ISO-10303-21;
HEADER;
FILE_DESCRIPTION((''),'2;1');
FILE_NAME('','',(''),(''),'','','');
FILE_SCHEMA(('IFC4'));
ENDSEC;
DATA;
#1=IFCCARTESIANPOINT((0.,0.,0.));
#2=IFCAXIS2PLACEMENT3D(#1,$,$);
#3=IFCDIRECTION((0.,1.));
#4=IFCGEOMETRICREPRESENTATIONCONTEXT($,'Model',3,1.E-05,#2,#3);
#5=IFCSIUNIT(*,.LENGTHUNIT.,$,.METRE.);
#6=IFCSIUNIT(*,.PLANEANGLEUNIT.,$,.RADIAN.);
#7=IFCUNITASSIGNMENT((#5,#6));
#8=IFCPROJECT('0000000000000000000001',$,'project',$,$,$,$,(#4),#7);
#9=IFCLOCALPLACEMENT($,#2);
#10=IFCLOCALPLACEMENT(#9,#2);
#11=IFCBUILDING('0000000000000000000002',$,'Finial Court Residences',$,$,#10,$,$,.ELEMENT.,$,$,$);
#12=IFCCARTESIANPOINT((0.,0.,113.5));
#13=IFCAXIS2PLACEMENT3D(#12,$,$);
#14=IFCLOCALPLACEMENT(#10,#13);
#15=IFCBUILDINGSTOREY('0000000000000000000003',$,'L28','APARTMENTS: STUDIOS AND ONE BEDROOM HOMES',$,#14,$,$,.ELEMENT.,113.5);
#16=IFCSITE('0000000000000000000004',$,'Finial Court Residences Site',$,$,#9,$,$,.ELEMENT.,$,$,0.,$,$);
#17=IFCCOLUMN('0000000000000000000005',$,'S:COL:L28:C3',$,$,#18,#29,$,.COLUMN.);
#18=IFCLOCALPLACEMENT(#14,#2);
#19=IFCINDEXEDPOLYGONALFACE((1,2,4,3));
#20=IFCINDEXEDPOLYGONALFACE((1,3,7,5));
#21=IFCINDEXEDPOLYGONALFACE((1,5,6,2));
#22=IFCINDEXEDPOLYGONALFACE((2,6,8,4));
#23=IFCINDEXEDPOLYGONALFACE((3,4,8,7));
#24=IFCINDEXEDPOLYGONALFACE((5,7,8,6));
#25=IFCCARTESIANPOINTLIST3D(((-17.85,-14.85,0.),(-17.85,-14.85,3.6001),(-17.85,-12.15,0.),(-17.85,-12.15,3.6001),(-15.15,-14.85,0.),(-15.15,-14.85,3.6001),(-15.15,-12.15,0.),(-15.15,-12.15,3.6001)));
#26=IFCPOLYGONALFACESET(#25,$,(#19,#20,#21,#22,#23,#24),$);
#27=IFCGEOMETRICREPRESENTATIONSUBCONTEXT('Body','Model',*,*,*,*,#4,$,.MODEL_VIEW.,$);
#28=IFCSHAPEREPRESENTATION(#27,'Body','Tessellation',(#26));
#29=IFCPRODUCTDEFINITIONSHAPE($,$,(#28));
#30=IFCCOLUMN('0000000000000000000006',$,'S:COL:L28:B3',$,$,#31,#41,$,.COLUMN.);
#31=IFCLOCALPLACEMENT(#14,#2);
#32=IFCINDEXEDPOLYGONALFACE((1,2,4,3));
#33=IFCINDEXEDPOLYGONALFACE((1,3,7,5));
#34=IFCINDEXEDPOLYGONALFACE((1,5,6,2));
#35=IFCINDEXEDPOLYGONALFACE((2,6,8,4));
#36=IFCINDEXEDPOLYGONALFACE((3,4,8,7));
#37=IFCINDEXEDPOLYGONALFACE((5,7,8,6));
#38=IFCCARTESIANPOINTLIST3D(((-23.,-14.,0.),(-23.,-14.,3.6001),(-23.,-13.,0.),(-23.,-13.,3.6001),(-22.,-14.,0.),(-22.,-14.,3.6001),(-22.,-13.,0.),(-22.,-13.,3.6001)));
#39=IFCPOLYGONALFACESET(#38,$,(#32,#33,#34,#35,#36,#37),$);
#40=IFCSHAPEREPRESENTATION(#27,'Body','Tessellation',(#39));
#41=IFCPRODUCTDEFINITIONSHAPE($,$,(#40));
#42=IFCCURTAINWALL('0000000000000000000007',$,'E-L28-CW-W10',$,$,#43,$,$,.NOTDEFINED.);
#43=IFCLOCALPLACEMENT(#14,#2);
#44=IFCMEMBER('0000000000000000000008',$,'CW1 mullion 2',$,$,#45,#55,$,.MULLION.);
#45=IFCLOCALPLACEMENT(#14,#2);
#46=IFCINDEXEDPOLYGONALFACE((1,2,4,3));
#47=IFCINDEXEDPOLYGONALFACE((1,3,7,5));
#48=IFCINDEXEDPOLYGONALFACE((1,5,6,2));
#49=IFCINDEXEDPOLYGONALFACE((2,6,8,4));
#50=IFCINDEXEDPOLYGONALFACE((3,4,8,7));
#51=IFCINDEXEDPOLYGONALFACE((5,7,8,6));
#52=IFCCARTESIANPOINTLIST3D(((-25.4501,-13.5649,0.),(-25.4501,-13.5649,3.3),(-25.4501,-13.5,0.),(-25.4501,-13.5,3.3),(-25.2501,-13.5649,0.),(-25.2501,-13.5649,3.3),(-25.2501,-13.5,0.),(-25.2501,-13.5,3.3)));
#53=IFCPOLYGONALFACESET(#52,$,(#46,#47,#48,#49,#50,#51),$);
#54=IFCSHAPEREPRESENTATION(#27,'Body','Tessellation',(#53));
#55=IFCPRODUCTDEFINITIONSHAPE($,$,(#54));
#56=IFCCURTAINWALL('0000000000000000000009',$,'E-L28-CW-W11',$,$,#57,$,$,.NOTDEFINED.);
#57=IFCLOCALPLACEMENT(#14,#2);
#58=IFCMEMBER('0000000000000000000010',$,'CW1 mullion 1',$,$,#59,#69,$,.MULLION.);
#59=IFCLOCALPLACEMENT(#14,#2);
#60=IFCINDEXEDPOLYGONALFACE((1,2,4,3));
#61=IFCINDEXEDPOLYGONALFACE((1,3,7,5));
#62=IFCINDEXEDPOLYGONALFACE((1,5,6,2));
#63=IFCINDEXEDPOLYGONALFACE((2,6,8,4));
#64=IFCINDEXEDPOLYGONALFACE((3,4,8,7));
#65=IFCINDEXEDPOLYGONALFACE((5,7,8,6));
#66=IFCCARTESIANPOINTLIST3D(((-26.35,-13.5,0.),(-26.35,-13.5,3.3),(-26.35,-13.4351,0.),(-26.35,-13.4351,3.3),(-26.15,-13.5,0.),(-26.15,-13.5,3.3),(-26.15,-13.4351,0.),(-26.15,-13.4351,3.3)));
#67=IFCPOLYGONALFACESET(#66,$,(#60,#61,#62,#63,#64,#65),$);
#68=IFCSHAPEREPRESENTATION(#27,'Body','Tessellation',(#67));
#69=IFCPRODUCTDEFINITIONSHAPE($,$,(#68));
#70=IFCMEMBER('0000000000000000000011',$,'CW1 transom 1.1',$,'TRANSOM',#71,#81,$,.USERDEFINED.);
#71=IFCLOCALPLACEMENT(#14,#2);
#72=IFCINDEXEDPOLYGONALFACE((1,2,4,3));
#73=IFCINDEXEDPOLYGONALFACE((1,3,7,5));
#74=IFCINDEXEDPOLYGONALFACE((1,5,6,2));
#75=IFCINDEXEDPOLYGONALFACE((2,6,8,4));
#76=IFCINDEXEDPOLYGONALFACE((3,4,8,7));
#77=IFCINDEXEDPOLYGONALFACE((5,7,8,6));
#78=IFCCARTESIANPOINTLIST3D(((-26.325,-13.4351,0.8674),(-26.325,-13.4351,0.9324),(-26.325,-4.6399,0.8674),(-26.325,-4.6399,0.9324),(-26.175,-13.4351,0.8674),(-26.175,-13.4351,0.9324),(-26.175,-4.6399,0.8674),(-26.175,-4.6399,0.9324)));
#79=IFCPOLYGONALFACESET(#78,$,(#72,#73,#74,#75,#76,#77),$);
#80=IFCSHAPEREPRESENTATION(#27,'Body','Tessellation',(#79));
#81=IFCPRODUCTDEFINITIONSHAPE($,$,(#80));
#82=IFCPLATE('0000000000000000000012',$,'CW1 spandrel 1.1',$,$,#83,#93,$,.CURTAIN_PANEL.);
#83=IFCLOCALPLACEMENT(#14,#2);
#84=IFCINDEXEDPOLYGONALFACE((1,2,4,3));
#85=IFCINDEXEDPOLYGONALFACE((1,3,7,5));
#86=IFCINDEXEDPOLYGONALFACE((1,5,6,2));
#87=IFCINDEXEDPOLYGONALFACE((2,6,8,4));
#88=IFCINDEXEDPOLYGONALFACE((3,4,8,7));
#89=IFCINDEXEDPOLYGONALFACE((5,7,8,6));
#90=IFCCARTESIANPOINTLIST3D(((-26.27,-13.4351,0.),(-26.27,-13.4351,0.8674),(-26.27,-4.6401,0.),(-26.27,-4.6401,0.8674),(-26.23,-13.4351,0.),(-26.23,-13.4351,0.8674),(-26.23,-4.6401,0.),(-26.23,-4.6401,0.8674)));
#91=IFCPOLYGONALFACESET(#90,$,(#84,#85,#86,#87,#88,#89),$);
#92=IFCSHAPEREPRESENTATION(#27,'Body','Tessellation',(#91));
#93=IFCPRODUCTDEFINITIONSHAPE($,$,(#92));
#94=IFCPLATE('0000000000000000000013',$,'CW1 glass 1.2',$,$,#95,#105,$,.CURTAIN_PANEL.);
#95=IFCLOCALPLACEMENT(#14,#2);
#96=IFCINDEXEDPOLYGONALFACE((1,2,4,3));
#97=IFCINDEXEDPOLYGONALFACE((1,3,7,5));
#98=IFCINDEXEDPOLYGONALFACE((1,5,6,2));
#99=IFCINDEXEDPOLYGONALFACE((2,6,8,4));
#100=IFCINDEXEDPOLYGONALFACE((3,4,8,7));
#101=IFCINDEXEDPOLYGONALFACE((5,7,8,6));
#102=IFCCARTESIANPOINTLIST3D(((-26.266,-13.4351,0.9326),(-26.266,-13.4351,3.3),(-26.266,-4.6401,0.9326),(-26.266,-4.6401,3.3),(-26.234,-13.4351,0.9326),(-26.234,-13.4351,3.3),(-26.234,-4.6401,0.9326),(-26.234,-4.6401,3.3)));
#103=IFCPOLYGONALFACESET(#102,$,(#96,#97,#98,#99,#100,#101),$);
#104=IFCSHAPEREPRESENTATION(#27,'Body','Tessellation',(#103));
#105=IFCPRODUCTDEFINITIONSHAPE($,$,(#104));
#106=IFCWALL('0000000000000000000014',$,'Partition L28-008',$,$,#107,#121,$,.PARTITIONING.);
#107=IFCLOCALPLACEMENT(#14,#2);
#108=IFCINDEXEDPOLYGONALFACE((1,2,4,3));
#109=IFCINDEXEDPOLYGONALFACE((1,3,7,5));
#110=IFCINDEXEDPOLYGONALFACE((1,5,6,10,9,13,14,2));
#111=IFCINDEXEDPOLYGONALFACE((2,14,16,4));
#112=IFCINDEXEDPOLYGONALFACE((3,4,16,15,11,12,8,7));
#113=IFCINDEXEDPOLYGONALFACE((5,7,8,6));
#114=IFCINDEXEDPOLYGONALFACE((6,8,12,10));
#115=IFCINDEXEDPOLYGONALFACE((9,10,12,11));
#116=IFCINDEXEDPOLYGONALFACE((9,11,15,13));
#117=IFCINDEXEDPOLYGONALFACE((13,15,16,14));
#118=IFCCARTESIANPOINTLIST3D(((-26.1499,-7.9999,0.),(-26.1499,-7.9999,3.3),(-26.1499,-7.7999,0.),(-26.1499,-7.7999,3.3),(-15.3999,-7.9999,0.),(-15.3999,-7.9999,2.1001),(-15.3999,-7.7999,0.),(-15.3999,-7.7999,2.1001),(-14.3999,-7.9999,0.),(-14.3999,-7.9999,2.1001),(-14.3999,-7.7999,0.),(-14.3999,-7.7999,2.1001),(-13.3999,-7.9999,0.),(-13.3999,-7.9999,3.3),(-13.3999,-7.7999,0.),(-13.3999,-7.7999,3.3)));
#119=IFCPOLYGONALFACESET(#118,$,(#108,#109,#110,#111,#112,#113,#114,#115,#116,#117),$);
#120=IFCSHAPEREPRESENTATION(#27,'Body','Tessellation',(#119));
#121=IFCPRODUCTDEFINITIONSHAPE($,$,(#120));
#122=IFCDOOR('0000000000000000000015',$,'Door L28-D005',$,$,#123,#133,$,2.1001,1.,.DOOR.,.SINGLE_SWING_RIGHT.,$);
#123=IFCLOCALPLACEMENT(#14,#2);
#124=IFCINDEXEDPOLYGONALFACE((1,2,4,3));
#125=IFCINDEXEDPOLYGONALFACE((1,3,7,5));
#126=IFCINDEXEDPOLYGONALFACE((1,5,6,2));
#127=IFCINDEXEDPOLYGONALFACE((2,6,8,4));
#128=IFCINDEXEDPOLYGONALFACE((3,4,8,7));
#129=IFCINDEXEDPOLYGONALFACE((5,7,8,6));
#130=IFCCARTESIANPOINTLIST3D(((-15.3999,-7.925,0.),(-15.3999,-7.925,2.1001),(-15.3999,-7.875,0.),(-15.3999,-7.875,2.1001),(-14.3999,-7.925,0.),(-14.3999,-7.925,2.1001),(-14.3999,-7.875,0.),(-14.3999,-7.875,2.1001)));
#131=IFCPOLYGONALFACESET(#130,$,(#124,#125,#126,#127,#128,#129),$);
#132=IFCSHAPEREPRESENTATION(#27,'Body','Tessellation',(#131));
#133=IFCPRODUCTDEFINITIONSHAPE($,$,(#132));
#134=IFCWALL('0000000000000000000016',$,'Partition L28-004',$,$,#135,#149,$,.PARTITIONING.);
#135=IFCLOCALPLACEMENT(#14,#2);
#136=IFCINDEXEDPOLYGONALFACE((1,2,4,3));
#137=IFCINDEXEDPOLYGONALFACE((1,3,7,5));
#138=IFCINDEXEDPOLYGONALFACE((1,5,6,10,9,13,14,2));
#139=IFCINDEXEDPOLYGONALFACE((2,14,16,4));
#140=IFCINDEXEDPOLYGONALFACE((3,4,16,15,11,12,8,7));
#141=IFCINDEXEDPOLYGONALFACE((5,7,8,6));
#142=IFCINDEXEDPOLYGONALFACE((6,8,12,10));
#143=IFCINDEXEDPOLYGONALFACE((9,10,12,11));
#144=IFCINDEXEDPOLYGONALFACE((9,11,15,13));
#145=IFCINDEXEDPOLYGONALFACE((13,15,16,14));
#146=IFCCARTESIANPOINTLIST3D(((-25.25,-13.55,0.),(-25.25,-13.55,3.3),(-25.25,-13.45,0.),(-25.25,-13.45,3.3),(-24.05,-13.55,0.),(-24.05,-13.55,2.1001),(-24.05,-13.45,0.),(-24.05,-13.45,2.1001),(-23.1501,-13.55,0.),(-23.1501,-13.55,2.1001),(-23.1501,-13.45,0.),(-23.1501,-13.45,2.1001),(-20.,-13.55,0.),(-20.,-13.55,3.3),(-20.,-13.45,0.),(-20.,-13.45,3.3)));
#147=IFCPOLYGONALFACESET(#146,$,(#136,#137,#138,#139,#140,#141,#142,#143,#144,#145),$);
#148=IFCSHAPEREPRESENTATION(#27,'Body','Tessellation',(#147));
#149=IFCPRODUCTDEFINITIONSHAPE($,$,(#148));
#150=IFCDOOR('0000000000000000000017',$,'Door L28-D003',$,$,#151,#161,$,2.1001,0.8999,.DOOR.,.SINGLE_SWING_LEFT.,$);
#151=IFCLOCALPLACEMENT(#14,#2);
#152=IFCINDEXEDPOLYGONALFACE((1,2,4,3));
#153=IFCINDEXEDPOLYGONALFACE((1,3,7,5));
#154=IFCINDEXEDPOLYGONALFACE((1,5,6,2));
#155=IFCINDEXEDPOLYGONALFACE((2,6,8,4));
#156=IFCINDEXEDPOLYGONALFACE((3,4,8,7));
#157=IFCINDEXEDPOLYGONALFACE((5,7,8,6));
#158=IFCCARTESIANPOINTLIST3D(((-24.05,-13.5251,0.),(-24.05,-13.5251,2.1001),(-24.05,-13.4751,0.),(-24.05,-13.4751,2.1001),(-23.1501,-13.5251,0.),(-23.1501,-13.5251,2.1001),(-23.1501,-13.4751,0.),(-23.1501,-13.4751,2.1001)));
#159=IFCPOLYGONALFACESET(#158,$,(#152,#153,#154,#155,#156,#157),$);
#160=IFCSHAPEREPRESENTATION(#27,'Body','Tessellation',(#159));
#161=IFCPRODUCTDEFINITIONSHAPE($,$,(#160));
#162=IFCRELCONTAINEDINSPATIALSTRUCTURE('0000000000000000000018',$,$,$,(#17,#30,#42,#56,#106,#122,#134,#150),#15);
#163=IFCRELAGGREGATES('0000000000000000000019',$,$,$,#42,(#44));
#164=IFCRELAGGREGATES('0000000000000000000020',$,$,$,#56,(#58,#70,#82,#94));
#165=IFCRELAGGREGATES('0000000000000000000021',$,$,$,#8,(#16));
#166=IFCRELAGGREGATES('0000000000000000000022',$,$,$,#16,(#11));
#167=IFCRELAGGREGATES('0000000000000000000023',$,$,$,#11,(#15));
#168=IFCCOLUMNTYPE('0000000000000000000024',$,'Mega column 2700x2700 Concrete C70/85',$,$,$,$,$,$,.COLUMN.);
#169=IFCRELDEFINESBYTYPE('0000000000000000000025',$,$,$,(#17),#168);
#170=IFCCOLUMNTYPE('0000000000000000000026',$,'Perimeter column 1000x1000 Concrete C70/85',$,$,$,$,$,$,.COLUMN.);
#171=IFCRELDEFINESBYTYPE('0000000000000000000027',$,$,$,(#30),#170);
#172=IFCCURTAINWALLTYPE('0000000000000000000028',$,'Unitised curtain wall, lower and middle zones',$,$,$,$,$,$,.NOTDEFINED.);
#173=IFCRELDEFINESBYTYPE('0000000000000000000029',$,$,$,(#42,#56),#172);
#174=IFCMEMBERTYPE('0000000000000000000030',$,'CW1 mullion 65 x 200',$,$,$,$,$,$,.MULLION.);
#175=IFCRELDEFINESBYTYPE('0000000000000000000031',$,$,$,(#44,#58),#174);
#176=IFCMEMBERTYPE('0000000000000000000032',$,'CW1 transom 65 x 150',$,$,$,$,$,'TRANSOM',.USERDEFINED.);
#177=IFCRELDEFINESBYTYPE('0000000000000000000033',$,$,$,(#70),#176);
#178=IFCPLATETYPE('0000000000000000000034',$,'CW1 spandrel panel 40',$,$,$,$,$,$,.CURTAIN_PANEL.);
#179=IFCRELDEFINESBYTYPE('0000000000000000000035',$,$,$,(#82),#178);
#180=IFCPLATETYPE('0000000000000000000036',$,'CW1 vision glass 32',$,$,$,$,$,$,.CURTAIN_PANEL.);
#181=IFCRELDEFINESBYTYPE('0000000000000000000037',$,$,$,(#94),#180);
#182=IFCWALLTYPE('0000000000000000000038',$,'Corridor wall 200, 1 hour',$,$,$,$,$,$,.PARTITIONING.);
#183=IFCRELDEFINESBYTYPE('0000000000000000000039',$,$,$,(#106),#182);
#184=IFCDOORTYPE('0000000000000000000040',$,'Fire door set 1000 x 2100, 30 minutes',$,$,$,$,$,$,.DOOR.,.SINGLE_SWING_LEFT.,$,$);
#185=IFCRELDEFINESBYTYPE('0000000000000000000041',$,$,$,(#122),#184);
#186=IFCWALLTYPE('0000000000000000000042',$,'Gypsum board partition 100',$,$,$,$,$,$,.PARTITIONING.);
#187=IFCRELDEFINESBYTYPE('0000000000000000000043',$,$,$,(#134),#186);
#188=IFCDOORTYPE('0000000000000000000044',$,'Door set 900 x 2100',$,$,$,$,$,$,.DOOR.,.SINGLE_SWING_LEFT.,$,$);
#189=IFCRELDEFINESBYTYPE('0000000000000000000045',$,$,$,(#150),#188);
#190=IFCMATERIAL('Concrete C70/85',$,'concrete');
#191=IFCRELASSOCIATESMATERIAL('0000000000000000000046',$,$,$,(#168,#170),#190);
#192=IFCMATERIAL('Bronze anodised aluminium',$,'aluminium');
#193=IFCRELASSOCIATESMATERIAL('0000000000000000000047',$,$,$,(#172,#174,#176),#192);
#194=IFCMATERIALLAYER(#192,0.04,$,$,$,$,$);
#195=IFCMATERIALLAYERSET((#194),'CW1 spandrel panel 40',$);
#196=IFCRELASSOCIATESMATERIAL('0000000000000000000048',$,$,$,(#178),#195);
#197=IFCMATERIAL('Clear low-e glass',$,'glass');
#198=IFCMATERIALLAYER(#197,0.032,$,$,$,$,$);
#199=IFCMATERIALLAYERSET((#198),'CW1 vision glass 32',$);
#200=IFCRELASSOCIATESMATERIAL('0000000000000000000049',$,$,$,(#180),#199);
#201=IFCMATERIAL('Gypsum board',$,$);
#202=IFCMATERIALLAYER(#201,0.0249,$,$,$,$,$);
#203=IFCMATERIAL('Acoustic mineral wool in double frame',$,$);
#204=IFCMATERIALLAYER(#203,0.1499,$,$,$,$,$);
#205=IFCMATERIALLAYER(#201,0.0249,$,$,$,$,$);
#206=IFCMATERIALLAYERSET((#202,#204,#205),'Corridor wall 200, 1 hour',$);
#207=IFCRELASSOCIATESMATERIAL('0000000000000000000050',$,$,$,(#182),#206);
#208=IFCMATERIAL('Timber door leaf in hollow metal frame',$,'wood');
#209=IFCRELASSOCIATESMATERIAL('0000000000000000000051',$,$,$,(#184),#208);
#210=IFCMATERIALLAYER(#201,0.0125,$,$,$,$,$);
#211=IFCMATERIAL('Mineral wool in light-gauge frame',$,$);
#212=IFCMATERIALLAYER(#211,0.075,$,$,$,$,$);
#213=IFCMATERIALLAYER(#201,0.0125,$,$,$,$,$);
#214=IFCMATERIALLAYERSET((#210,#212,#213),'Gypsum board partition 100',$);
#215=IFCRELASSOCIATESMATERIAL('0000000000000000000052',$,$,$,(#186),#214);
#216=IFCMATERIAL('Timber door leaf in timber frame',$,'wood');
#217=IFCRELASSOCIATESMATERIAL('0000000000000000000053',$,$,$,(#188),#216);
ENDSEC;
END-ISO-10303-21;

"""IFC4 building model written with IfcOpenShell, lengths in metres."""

from ifc_helpers import new_model, si_unit, direction, frame, frame_2d, origin, origin_2d, place, context, subcontext, project, spatial, rectangle, extrude, material, layer, layer_set, material_profile, profile_set, type_object, element, fill, aggregate, save


model = new_model("IFC4")

# Units and contexts
model_context = context("Model", 3, precision=1e-05, world=origin(), true_north=direction((0.0, 1.0)))
body_context = subcontext(model_context, "Body", "Model", "MODEL_VIEW")
ifc_project = project(units=[si_unit("LENGTHUNIT", "METRE"), si_unit("PLANEANGLEUNIT", "RADIAN")], contexts=[model_context])

# Site, building, storey
site_placement = place(None, origin())
site = spatial("IfcSite", under=ifc_project, at=site_placement, Name="Finial Court Residences Site", CompositionType="ELEMENT", RefElevation=0.0)
building_placement = place(site_placement, origin())
building = spatial("IfcBuilding", under=site, at=building_placement, Name="Finial Court Residences", CompositionType="ELEMENT")
storey_placement = place(building_placement, frame((0.0, 0.0, 113.5)))
storey = spatial("IfcBuildingStorey", under=building, at=storey_placement, Name="L28", Description="APARTMENTS: STUDIOS AND ONE BEDROOM HOMES", CompositionType="ELEMENT", Elevation=113.5)

# Columns
ifc_material_1 = material(Name="Concrete C70/85", Category="concrete")
ifc_material_profile_1 = material_profile(ifc_material_1, rectangle(XDim=2.7, YDim=2.7, at=origin_2d()), Name="2700x2700")
ifc_profile_set_1 = profile_set([ifc_material_profile_1], Name="Concrete C70/85")
column_type_1 = type_object("IfcColumnType", Name="Mega column 2700x2700 Concrete C70/85", PredefinedType="COLUMN", material=ifc_profile_set_1)
column_1_placement = place(storey_placement, frame((-16.5, -13.5, 0.0), z_axis=(0.0, 0.0, 1.0), x_axis=(1.0, 0.0, 0.0)))
element("IfcColumn", 1, at=column_1_placement, inside=storey, type_object=column_type_1, Name="S:COL:L28:C3", PredefinedType="COLUMN", context=body_context, shape_type="SweptSolid", body=[
    extrude(rectangle(XDim=2.7, YDim=2.7, at=origin_2d()), origin(), (0.0, 0.0, 1.0), 3.6001),
])
ifc_material_profile_2 = material_profile(ifc_material_1, rectangle(XDim=1.0, YDim=1.0, at=origin_2d()), Name="1000x1000")
ifc_profile_set_2 = profile_set([ifc_material_profile_2], Name="Concrete C70/85")
column_type_2 = type_object("IfcColumnType", Name="Perimeter column 1000x1000 Concrete C70/85", PredefinedType="COLUMN", material=ifc_profile_set_2)
column_2_placement = place(storey_placement, frame((-22.5, -13.5, 0.0), z_axis=(0.0, 0.0, 1.0), x_axis=(1.0, 0.0, 0.0)))
element("IfcColumn", 2, at=column_2_placement, inside=storey, type_object=column_type_2, Name="S:COL:L28:B3", PredefinedType="COLUMN", context=body_context, shape_type="SweptSolid", body=[
    extrude(rectangle(XDim=1.0, YDim=1.0, at=origin_2d()), origin(), (0.0, 0.0, 1.0), 3.6001),
])

# Curtain wall, member
ifc_material_2 = material(Name="Bronze anodised aluminium", Category="aluminium")
curtain_wall_type = type_object("IfcCurtainWallType", Name="Unitised curtain wall, lower and middle zones", PredefinedType="NOTDEFINED", material=ifc_material_2)
curtain_wall_1_placement = place(storey_placement, origin())
curtain_wall_1 = element("IfcCurtainWall", 3, at=curtain_wall_1_placement, inside=storey, type_object=curtain_wall_type, Name="E-L28-CW-W10", PredefinedType="NOTDEFINED")
ifc_material_profile_3 = material_profile(ifc_material_2, rectangle(XDim=0.2, YDim=0.0649, at=origin_2d()), Name="CW1 mullion 65 x 200")
ifc_profile_set_3 = profile_set([ifc_material_profile_3], Name="Bronze anodised aluminium")
member_type_1 = type_object("IfcMemberType", Name="CW1 mullion 65 x 200", PredefinedType="MULLION", material=ifc_profile_set_3)
member_1_placement = place(storey_placement, frame((-25.3501, -13.5325, 0.0), z_axis=(0.0, 0.0, 1.0), x_axis=(-1.0, 0.0, 0.0)))
member_1 = element("IfcMember", 4, at=member_1_placement, type_object=member_type_1, Name="CW1 mullion 2", PredefinedType="MULLION", context=body_context, shape_type="SweptSolid", body=[
    extrude(rectangle(XDim=0.2, YDim=0.0649, at=origin_2d()), origin(), (0.0, 0.0, 1.0), 3.3),
])
aggregate(curtain_wall_1, [member_1])

# Curtain wall, members, plates
curtain_wall_2_placement = place(storey_placement, origin())
curtain_wall_2 = element("IfcCurtainWall", 5, at=curtain_wall_2_placement, inside=storey, type_object=curtain_wall_type, Name="E-L28-CW-W11", PredefinedType="NOTDEFINED")
member_2_placement = place(storey_placement, frame((-26.25, -13.4675, 0.0), z_axis=(0.0, 0.0, 1.0), x_axis=(-1.0, 0.0, 0.0)))
member_2 = element("IfcMember", 6, at=member_2_placement, type_object=member_type_1, Name="CW1 mullion 1", PredefinedType="MULLION", context=body_context, shape_type="SweptSolid", body=[
    extrude(rectangle(XDim=0.2, YDim=0.0649, at=origin_2d()), origin(), (0.0, 0.0, 1.0), 3.3),
])
ifc_material_profile_4 = material_profile(ifc_material_2, rectangle(XDim=0.1499, YDim=0.0649, at=origin_2d()), Name="CW1 transom 65 x 150")
ifc_profile_set_4 = profile_set([ifc_material_profile_4], Name="Bronze anodised aluminium")
member_type_2 = type_object("IfcMemberType", Name="CW1 transom 65 x 150", ElementType="TRANSOM", PredefinedType="USERDEFINED", material=ifc_profile_set_4)
member_3_placement = place(storey_placement, frame((-26.25, -13.4351, 0.8999), z_axis=(0.0, 1.0, 0.0), x_axis=(-1.0, 0.0, 0.0)))
member_3 = element("IfcMember", 7, at=member_3_placement, type_object=member_type_2, Name="CW1 transom 1.1", ObjectType="TRANSOM", PredefinedType="USERDEFINED", context=body_context, shape_type="SweptSolid", body=[
    extrude(rectangle(XDim=0.1499, YDim=0.0649, at=origin_2d()), origin(), (0.0, 0.0, 1.0), 8.7952),
])
ifc_layer_1 = layer(ifc_material_2, 0.04)
ifc_layer_set_1 = layer_set([ifc_layer_1], Name="CW1 spandrel panel 40")
plate_type_1 = type_object("IfcPlateType", Name="CW1 spandrel panel 40", PredefinedType="CURTAIN_PANEL", material=ifc_layer_set_1)
plate_1_placement = place(storey_placement, frame((-26.25, -9.0376, 0.0), z_axis=(0.0, 0.0, 1.0), x_axis=(0.0, 1.0, 0.0)))
plate_1 = element("IfcPlate", 8, at=plate_1_placement, type_object=plate_type_1, Name="CW1 spandrel 1.1", PredefinedType="CURTAIN_PANEL", context=body_context, shape_type="SweptSolid", body=[
    extrude(rectangle(XDim=8.7949, YDim=0.04, at=origin_2d()), origin(), (0.0, 0.0, 1.0), 0.8674),
])
ifc_material_3 = material(Name="Clear low-e glass", Category="glass")
ifc_layer_2 = layer(ifc_material_3, 0.032)
ifc_layer_set_2 = layer_set([ifc_layer_2], Name="CW1 vision glass 32")
plate_type_2 = type_object("IfcPlateType", Name="CW1 vision glass 32", PredefinedType="CURTAIN_PANEL", material=ifc_layer_set_2)
plate_2_placement = place(storey_placement, frame((-26.25, -9.0376, 0.9326), z_axis=(0.0, 0.0, 1.0), x_axis=(0.0, 1.0, 0.0)))
plate_2 = element("IfcPlate", 9, at=plate_2_placement, type_object=plate_type_2, Name="CW1 glass 1.2", PredefinedType="CURTAIN_PANEL", context=body_context, shape_type="SweptSolid", body=[
    extrude(rectangle(XDim=8.7949, YDim=0.032, at=origin_2d()), origin(), (0.0, 0.0, 1.0), 2.3674),
])
aggregate(curtain_wall_2, [member_2, member_3, plate_1, plate_2])

# Walls, openings, doors
ifc_material_4 = material(Name="Gypsum board")
ifc_layer_3 = layer(ifc_material_4, 0.0249)
ifc_material_5 = material(Name="Acoustic mineral wool in double frame")
ifc_layer_4 = layer(ifc_material_5, 0.1499)
ifc_layer_5 = layer(ifc_material_4, 0.0249)
ifc_layer_set_3 = layer_set([ifc_layer_3, ifc_layer_4, ifc_layer_5], Name="Corridor wall 200, 1 hour")
wall_type_1 = type_object("IfcWallType", Name="Corridor wall 200, 1 hour", PredefinedType="PARTITIONING", material=ifc_layer_set_3)
wall_1_placement = place(storey_placement, frame((-26.1499, -7.8999, 0.0), z_axis=(0.0, 0.0, 1.0), x_axis=(1.0, 0.0, 0.0)))
wall_1 = element("IfcWall", 10, at=wall_1_placement, inside=storey, type_object=wall_type_1, Name="Partition L28-008", PredefinedType="PARTITIONING", context=body_context, shape_type="SweptSolid", body=[
    extrude(rectangle(XDim=12.75, YDim=0.2, at=frame_2d((6.375, 0.0))), origin(), (0.0, 0.0, 1.0), 3.3),
])
opening_1_placement = place(wall_1_placement, frame((10.75, 0.0, 0.0)))
opening_1 = element("IfcOpeningElement", 11, at=opening_1_placement, cuts=wall_1, PredefinedType="OPENING", context=body_context, shape_type="SweptSolid", body=[
    extrude(rectangle(XDim=1.0, YDim=2.1001, at=frame_2d((0.5, 1.05))), frame((0.0, 0.1099, 0.0), z_axis=(0.0, -1.0, 0.0), x_axis=(1.0, 0.0, 0.0)), (0.0, 0.0, 1.0), 0.22),
])
ifc_material_6 = material(Name="Timber door leaf in hollow metal frame", Category="wood")
door_type_1 = type_object("IfcDoorType", Name="Fire door set 1000 x 2100, 30 minutes", OperationType="SINGLE_SWING_LEFT", PredefinedType="DOOR", material=ifc_material_6)
door_1_placement = place(opening_1_placement, origin())
door_1 = element("IfcDoor", 12, at=door_1_placement, inside=storey, type_object=door_type_1, Name="Door L28-D005", OperationType="SINGLE_SWING_RIGHT", OverallHeight=2.1001, OverallWidth=1.0, PredefinedType="DOOR", context=body_context, shape_type="SweptSolid", body=[
    extrude(rectangle(XDim=1.0, YDim=2.1001, at=frame_2d((0.5, 1.05))), frame((0.0, 0.0249, 0.0), z_axis=(0.0, -1.0, 0.0), x_axis=(1.0, 0.0, 0.0)), (0.0, 0.0, 1.0), 0.05),
])
fill(opening_1, door_1)
ifc_layer_6 = layer(ifc_material_4, 0.0125)
ifc_material_7 = material(Name="Mineral wool in light-gauge frame")
ifc_layer_7 = layer(ifc_material_7, 0.075)
ifc_layer_8 = layer(ifc_material_4, 0.0125)
ifc_layer_set_4 = layer_set([ifc_layer_6, ifc_layer_7, ifc_layer_8], Name="Gypsum board partition 100")
wall_type_2 = type_object("IfcWallType", Name="Gypsum board partition 100", PredefinedType="PARTITIONING", material=ifc_layer_set_4)
wall_2_placement = place(storey_placement, frame((-25.25, -13.5, 0.0), z_axis=(0.0, 0.0, 1.0), x_axis=(1.0, 0.0, 0.0)))
wall_2 = element("IfcWall", 13, at=wall_2_placement, inside=storey, type_object=wall_type_2, Name="Partition L28-004", PredefinedType="PARTITIONING", context=body_context, shape_type="SweptSolid", body=[
    extrude(rectangle(XDim=5.25, YDim=0.1001, at=frame_2d((2.625, 0.0))), origin(), (0.0, 0.0, 1.0), 3.3),
])
opening_2_placement = place(wall_2_placement, frame((1.2, 0.0, 0.0)))
opening_2 = element("IfcOpeningElement", 14, at=opening_2_placement, cuts=wall_2, PredefinedType="OPENING", context=body_context, shape_type="SweptSolid", body=[
    extrude(rectangle(XDim=0.8999, YDim=2.1001, at=frame_2d((0.45, 1.05))), frame((0.0, 0.0601, 0.0), z_axis=(0.0, -1.0, 0.0), x_axis=(1.0, 0.0, 0.0)), (0.0, 0.0, 1.0), 0.1201),
])
ifc_material_8 = material(Name="Timber door leaf in timber frame", Category="wood")
door_type_2 = type_object("IfcDoorType", Name="Door set 900 x 2100", OperationType="SINGLE_SWING_LEFT", PredefinedType="DOOR", material=ifc_material_8)
door_2_placement = place(opening_2_placement, origin())
door_2 = element("IfcDoor", 15, at=door_2_placement, inside=storey, type_object=door_type_2, Name="Door L28-D003", OperationType="SINGLE_SWING_LEFT", OverallHeight=2.1001, OverallWidth=0.8999, PredefinedType="DOOR", context=body_context, shape_type="SweptSolid", body=[
    extrude(rectangle(XDim=0.8999, YDim=2.1001, at=frame_2d((0.45, 1.05))), frame((0.0, 0.0249, 0.0), z_axis=(0.0, -1.0, 0.0), x_axis=(1.0, 0.0, 0.0)), (0.0, 0.0, 1.0), 0.05),
])
fill(opening_2, door_2)

save(model, "model.ifc")
